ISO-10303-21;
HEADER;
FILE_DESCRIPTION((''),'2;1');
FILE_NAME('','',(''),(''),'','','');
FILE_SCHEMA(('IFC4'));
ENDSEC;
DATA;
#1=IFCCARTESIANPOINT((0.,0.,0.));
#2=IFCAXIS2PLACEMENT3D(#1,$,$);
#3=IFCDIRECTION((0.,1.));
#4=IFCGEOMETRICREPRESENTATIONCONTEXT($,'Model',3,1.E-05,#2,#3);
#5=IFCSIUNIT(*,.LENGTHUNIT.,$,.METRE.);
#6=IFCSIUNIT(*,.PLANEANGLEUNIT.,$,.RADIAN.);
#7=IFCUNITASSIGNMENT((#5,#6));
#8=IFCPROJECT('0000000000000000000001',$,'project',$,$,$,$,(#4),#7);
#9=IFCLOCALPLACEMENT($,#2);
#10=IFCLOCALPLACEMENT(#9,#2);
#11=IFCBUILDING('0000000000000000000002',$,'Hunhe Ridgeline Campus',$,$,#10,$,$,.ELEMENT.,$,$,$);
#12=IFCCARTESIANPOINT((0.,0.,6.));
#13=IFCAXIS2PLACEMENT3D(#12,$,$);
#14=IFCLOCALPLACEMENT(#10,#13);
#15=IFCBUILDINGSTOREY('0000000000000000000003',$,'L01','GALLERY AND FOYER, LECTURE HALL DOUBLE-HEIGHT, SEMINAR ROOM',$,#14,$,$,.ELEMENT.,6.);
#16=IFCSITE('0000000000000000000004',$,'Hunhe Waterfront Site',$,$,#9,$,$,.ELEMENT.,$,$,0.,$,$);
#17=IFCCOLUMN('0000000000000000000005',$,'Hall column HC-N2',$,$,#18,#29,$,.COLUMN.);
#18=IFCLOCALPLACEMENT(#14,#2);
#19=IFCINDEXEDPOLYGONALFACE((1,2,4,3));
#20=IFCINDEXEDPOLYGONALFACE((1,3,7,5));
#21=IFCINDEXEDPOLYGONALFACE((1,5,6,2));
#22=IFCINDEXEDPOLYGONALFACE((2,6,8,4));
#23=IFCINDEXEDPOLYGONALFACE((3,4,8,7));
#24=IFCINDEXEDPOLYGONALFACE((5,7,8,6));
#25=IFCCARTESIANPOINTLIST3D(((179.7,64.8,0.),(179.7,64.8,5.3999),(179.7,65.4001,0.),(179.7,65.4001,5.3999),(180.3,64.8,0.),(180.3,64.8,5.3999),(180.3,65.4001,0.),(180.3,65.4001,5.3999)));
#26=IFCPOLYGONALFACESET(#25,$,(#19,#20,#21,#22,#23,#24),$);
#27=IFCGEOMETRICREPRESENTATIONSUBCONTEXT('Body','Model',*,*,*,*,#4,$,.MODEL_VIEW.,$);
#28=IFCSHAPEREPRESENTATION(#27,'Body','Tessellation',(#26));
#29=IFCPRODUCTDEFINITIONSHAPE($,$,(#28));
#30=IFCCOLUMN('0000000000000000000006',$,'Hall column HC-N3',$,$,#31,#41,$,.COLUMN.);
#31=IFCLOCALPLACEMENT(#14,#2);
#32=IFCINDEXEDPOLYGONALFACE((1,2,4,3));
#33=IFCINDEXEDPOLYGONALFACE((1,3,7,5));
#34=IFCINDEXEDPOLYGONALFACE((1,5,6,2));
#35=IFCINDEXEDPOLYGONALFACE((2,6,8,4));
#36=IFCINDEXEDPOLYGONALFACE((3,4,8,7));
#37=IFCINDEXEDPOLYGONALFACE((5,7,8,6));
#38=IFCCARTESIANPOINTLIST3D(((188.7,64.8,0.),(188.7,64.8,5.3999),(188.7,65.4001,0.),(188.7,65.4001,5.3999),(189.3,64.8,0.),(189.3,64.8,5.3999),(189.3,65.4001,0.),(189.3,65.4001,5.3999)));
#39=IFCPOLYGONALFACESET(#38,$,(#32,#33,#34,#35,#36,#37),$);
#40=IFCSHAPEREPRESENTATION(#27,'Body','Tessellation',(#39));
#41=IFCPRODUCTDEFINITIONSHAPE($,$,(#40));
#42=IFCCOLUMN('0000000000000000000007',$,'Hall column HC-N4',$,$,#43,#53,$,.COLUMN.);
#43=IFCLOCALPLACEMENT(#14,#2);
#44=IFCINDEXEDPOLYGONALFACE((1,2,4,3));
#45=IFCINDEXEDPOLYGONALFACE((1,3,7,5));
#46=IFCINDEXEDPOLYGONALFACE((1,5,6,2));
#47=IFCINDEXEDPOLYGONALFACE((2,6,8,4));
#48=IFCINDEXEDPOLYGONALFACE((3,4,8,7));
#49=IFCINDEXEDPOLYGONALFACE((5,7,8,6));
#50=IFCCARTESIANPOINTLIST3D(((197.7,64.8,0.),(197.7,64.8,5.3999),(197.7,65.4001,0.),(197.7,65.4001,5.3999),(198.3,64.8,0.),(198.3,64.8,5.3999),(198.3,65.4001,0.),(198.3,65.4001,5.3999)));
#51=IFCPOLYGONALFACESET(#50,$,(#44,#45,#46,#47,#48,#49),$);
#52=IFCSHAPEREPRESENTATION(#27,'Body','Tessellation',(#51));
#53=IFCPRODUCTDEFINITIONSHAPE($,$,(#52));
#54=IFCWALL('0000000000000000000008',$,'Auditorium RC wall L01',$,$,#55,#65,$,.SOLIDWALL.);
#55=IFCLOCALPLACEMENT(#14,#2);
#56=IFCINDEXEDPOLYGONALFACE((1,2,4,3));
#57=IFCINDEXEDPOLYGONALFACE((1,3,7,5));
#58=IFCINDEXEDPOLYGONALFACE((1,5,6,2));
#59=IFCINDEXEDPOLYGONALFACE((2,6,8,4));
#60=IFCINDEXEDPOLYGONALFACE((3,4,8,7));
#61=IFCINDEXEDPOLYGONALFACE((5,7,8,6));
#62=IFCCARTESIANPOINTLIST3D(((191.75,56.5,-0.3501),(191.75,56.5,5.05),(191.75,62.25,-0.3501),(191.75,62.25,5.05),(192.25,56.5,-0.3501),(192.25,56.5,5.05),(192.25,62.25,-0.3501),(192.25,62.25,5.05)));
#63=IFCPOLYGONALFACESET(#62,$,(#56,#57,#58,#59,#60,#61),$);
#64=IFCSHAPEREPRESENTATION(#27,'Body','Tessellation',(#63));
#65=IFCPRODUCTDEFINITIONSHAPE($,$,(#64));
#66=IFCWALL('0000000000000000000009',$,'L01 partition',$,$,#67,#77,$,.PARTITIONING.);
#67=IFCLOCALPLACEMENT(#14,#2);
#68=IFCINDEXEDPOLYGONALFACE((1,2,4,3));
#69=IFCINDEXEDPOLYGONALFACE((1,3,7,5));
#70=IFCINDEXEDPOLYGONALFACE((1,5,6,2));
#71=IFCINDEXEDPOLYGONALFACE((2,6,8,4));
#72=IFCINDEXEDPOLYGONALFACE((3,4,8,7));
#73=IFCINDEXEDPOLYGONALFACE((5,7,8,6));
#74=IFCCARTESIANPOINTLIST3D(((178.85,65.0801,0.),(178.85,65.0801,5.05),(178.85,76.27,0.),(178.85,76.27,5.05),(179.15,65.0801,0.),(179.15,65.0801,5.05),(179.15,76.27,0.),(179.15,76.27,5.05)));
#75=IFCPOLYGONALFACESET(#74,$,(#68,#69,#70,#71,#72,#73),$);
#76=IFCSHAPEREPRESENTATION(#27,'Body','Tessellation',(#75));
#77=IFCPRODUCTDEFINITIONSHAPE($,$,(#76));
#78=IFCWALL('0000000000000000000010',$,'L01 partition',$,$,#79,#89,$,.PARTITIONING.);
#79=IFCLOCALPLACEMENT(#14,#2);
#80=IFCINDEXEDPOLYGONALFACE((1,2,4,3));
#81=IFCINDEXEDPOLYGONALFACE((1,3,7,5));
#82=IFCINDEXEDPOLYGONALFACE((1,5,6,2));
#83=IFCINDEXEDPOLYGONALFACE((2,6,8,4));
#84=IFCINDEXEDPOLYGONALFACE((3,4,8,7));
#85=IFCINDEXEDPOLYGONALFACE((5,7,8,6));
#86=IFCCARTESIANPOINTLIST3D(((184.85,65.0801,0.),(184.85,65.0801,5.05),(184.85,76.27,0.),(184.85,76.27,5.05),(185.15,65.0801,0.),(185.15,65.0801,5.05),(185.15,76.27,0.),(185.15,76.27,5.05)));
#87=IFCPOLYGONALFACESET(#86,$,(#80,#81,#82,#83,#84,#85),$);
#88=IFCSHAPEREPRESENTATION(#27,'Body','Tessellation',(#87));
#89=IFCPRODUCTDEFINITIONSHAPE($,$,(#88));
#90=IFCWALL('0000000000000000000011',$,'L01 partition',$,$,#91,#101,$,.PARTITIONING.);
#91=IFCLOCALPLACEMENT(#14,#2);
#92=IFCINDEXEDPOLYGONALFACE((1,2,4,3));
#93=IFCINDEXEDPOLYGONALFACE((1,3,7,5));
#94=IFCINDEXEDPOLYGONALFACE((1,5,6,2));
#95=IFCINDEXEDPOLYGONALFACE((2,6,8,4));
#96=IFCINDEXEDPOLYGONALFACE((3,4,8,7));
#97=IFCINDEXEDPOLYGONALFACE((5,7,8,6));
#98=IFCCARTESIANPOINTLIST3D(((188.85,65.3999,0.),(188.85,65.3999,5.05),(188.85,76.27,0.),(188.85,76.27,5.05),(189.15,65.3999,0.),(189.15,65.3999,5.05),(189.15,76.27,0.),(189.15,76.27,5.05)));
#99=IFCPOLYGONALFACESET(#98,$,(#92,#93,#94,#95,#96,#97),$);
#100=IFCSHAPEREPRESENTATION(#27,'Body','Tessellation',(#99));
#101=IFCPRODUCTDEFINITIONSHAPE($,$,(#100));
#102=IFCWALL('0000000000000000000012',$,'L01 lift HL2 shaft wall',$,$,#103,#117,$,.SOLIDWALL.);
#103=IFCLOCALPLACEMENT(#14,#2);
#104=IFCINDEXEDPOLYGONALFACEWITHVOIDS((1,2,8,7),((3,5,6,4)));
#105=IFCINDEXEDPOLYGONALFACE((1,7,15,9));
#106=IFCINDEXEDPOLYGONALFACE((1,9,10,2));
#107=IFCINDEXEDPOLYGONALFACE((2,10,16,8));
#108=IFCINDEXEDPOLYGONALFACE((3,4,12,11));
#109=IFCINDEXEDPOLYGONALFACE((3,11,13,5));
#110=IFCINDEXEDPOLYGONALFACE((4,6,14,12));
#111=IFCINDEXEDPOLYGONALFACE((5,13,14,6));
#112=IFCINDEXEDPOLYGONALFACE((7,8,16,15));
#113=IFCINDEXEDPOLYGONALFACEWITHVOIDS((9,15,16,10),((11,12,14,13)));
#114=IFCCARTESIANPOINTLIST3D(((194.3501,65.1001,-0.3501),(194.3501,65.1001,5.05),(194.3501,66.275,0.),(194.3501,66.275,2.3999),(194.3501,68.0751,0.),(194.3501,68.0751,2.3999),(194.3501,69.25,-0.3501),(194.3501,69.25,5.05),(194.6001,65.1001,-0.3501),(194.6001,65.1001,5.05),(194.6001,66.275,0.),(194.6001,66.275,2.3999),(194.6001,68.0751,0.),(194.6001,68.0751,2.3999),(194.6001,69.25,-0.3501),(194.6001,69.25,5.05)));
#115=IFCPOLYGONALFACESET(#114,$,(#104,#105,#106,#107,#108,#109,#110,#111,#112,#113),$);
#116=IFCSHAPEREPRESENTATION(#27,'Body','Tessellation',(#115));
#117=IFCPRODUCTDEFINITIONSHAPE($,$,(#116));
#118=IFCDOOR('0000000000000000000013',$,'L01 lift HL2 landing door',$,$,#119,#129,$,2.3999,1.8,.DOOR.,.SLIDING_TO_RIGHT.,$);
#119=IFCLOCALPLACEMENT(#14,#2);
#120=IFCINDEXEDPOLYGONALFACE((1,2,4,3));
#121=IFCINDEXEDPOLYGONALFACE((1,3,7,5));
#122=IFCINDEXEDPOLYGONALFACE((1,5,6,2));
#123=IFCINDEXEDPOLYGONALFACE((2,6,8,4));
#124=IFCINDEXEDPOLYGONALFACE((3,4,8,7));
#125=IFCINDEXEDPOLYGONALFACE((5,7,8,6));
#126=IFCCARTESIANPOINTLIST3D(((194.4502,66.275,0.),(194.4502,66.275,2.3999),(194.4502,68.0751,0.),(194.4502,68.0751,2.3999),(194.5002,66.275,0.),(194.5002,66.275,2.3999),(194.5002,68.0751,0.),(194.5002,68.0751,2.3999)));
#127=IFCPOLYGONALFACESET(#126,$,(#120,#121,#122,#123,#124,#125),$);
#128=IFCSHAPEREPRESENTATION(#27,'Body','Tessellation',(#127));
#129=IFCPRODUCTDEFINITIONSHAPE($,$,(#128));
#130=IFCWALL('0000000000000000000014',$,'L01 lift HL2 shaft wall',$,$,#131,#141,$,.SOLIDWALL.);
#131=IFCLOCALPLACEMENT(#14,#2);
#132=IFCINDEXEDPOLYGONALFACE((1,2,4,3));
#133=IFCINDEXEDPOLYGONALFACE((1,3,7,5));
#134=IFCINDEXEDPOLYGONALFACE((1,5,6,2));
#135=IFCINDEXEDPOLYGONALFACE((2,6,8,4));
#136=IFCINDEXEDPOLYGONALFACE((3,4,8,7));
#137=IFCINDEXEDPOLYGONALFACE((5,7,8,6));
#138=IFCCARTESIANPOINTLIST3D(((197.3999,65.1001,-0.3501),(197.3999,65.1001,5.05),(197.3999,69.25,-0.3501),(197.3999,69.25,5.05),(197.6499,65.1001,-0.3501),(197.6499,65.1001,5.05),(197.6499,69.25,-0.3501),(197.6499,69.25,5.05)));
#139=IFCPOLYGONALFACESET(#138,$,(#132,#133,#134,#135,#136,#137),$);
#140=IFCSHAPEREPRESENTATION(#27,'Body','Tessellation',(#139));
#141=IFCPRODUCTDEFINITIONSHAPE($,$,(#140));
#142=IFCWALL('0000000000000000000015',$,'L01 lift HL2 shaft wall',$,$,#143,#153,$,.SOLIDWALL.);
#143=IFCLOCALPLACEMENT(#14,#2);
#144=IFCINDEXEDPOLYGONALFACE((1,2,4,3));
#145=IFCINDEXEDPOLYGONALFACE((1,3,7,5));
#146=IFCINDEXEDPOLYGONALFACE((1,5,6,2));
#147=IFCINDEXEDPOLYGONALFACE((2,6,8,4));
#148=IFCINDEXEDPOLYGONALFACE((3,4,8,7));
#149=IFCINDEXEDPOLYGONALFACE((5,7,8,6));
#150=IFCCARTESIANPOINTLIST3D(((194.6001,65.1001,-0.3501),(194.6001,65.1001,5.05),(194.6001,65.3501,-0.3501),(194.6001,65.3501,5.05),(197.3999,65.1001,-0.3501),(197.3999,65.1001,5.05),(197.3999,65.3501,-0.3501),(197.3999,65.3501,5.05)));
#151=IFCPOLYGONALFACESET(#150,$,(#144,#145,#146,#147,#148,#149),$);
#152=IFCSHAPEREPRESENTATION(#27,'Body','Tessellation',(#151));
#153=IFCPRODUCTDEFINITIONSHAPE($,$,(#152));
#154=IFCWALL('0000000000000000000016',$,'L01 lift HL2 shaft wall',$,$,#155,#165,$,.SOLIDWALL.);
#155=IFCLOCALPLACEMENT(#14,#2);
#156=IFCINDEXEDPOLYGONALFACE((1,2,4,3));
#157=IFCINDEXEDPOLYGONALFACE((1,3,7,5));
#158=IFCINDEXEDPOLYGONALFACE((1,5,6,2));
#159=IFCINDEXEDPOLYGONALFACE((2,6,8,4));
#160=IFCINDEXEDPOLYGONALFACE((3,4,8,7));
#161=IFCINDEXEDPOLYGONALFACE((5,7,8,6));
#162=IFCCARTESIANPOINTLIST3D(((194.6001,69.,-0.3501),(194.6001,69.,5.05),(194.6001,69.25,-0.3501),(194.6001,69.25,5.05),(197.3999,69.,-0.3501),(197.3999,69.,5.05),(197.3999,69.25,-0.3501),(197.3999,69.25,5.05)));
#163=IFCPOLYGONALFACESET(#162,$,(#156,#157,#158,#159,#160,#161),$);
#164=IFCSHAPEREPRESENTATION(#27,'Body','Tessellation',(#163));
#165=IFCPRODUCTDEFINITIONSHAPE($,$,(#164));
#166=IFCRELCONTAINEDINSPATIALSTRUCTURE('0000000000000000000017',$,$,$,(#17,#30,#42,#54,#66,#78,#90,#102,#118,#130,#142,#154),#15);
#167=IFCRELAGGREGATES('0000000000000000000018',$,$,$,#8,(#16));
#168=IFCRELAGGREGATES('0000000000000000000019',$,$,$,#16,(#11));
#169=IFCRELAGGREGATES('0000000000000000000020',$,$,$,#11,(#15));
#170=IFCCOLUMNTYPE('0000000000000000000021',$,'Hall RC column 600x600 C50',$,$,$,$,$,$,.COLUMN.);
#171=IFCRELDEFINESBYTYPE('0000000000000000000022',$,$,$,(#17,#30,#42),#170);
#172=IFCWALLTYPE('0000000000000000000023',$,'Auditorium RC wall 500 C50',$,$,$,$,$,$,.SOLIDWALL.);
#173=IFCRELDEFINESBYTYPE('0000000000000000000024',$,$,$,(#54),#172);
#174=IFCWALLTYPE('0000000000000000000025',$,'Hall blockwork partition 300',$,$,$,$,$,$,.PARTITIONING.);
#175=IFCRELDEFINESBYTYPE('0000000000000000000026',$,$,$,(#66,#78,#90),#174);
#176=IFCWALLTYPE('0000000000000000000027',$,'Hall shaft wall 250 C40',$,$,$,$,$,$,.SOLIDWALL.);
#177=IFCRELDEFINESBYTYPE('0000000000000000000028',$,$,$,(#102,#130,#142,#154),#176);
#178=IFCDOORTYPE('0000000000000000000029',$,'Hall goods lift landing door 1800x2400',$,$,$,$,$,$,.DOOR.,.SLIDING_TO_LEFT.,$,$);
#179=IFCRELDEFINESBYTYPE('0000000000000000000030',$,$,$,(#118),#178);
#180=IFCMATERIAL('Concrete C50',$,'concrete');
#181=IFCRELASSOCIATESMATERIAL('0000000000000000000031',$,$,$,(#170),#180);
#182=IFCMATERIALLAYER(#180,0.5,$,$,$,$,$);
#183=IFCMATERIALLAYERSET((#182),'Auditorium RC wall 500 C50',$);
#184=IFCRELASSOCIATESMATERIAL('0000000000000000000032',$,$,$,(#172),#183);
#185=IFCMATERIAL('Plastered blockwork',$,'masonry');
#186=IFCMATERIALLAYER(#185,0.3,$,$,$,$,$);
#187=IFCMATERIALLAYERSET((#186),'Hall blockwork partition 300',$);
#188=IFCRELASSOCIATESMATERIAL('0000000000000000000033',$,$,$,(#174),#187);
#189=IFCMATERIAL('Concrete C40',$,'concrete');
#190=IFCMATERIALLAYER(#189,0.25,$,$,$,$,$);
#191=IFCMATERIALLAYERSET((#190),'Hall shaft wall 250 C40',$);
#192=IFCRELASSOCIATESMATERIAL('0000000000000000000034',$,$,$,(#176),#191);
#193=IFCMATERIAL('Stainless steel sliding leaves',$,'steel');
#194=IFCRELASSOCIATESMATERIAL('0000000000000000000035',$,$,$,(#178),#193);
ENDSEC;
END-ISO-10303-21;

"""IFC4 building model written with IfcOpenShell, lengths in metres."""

from ifc_helpers import new_model, si_unit, direction, frame, frame_2d, origin, origin_2d, place, context, subcontext, project, spatial, rectangle, extrude, material, layer, layer_set, material_profile, profile_set, type_object, element, fill, save


model = new_model("IFC4")

# Units and contexts
model_context = context("Model", 3, precision=1e-05, world=origin(), true_north=direction((0.0, 1.0)))
body_context = subcontext(model_context, "Body", "Model", "MODEL_VIEW")
ifc_project = project(units=[si_unit("LENGTHUNIT", "METRE"), si_unit("PLANEANGLEUNIT", "RADIAN")], contexts=[model_context])

# Site, building, storey
site_placement = place(None, origin())
site = spatial("IfcSite", under=ifc_project, at=site_placement, Name="Hunhe Waterfront Site", CompositionType="ELEMENT", RefElevation=0.0)
building_placement = place(site_placement, origin())
building = spatial("IfcBuilding", under=site, at=building_placement, Name="Hunhe Ridgeline Campus", CompositionType="ELEMENT")
storey_placement = place(building_placement, frame((0.0, 0.0, 6.0)))
storey = spatial("IfcBuildingStorey", under=building, at=storey_placement, Name="L01", Description="GALLERY AND FOYER, LECTURE HALL DOUBLE-HEIGHT, SEMINAR ROOM", CompositionType="ELEMENT", Elevation=6.0)

# Columns
ifc_material_1 = material(Name="Concrete C50", Category="concrete")
ifc_material_profile = material_profile(ifc_material_1, rectangle(XDim=0.6001, YDim=0.6001, at=origin_2d()))
ifc_profile_set = profile_set([ifc_material_profile], Name="Concrete C50")
column_type = type_object("IfcColumnType", Name="Hall RC column 600x600 C50", PredefinedType="COLUMN", material=ifc_profile_set)
for number, where, z_axis, x_axis, name in (
    (1, (180.0, 65.1001, 0.0), (0.0, 0.0, 1.0), (1.0, 0.0, 0.0), "Hall column HC-N2"),
    (2, (189.0, 65.1001, 0.0), (0.0, 0.0, 1.0), (1.0, 0.0, 0.0), "Hall column HC-N3"),
    (3, (198.0, 65.1001, 0.0), (0.0, 0.0, 1.0), (1.0, 0.0, 0.0), "Hall column HC-N4"),
):
    element("IfcColumn", number, at=place(storey_placement, frame(where, z_axis=z_axis, x_axis=x_axis)), inside=storey, type_object=column_type, Name=name, PredefinedType="COLUMN", context=body_context, shape_type="SweptSolid", body=[
        extrude(rectangle(XDim=0.6001, YDim=0.6001, at=origin_2d()), origin(), (0.0, 0.0, 1.0), 5.3999),
    ])

# Wall
ifc_layer_1 = layer(ifc_material_1, 0.5)
ifc_layer_set_1 = layer_set([ifc_layer_1], Name="Auditorium RC wall 500 C50")
wall_type_1 = type_object("IfcWallType", Name="Auditorium RC wall 500 C50", PredefinedType="SOLIDWALL", material=ifc_layer_set_1)
wall_1_placement = place(storey_placement, frame((192.0, 56.5, -0.3501), z_axis=(0.0, 0.0, 1.0), x_axis=(0.0, 1.0, 0.0)))
element("IfcWall", 4, at=wall_1_placement, inside=storey, type_object=wall_type_1, Name="Auditorium RC wall L01", PredefinedType="SOLIDWALL", context=body_context, shape_type="SweptSolid", body=[
    extrude(rectangle(XDim=5.75, YDim=0.5, at=frame_2d((2.875, 0.0))), origin(), (0.0, 0.0, 1.0), 5.4001),
])

# Shared definitions
ifc_material_2 = material(Name="Plastered blockwork", Category="masonry")
ifc_layer_2 = layer(ifc_material_2, 0.3)
ifc_layer_set_2 = layer_set([ifc_layer_2], Name="Hall blockwork partition 300")
wall_type_2 = type_object("IfcWallType", Name="Hall blockwork partition 300", PredefinedType="PARTITIONING", material=ifc_layer_set_2)

# Walls
for number, where, z_axis, x_axis, name in (
    (5, (179.0, 65.0801, 0.0), (0.0, 0.0, 1.0), (0.0, 1.0, 0.0), "L01 partition"),
    (6, (185.0, 65.0801, 0.0), (0.0, 0.0, 1.0), (0.0, 1.0, 0.0), "L01 partition"),
):
    element("IfcWall", number, at=place(storey_placement, frame(where, z_axis=z_axis, x_axis=x_axis)), inside=storey, type_object=wall_type_2, Name=name, PredefinedType="PARTITIONING", context=body_context, shape_type="SweptSolid", body=[
        extrude(rectangle(XDim=11.1899, YDim=0.3, at=frame_2d((5.595, 0.0))), origin(), (0.0, 0.0, 1.0), 5.05),
    ])
wall_2_placement = place(storey_placement, frame((189.0, 65.3999, 0.0), z_axis=(0.0, 0.0, 1.0), x_axis=(0.0, 1.0, 0.0)))
element("IfcWall", 7, at=wall_2_placement, inside=storey, type_object=wall_type_2, Name="L01 partition", PredefinedType="PARTITIONING", context=body_context, shape_type="SweptSolid", body=[
    extrude(rectangle(XDim=10.8701, YDim=0.3, at=frame_2d((5.4351, 0.0))), origin(), (0.0, 0.0, 1.0), 5.05),
])

# Wall, opening, door
ifc_material_3 = material(Name="Concrete C40", Category="concrete")
ifc_layer_3 = layer(ifc_material_3, 0.25)
ifc_layer_set_3 = layer_set([ifc_layer_3], Name="Hall shaft wall 250 C40")
wall_type_3 = type_object("IfcWallType", Name="Hall shaft wall 250 C40", PredefinedType="SOLIDWALL", material=ifc_layer_set_3)
wall_3_placement = place(storey_placement, frame((194.4751, 65.1001, -0.3501), z_axis=(0.0, 0.0, 1.0), x_axis=(0.0, 1.0, 0.0)))
wall_3 = element("IfcWall", 8, at=wall_3_placement, inside=storey, type_object=wall_type_3, Name="L01 lift HL2 shaft wall", PredefinedType="SOLIDWALL", context=body_context, shape_type="SweptSolid", body=[
    extrude(rectangle(XDim=4.1499, YDim=0.25, at=frame_2d((2.075, 0.0))), origin(), (0.0, 0.0, 1.0), 5.4001),
])
opening_1_placement = place(wall_3_placement, frame((1.175, 0.0, 0.3501)))
opening_1 = element("IfcOpeningElement", 9, at=opening_1_placement, cuts=wall_3, PredefinedType="OPENING", context=body_context, shape_type="SweptSolid", body=[
    extrude(rectangle(XDim=1.8, YDim=2.3999, at=frame_2d((0.8999, 1.2))), frame((0.0, 0.125, 0.0), z_axis=(0.0, -1.0, 0.0), x_axis=(1.0, 0.0, 0.0)), (0.0, 0.0, 1.0), 0.25),
])
ifc_material_4 = material(Name="Stainless steel sliding leaves", Category="steel")
door_type_1 = type_object("IfcDoorType", Name="Hall goods lift landing door 1800x2400", OperationType="SLIDING_TO_LEFT", PredefinedType="DOOR", material=ifc_material_4)
door_1_placement = place(opening_1_placement, origin())
door_1 = element("IfcDoor", 10, at=door_1_placement, inside=storey, type_object=door_type_1, Name="L01 lift HL2 landing door", OperationType="SLIDING_TO_RIGHT", OverallHeight=2.3999, OverallWidth=1.8, PredefinedType="DOOR", context=body_context, shape_type="SweptSolid", body=[
    extrude(rectangle(XDim=1.8, YDim=2.3999, at=frame_2d((0.8999, 1.2))), frame((0.0, 0.0249, 0.0), z_axis=(0.0, -1.0, 0.0), x_axis=(1.0, 0.0, 0.0)), (0.0, 0.0, 1.0), 0.05),
])
fill(opening_1, door_1)

# Walls
wall_4_placement = place(storey_placement, frame((197.5249, 69.25, -0.3501), z_axis=(0.0, 0.0, 1.0), x_axis=(0.0, -1.0, 0.0)))
element("IfcWall", 11, at=wall_4_placement, inside=storey, type_object=wall_type_3, Name="L01 lift HL2 shaft wall", PredefinedType="SOLIDWALL", context=body_context, shape_type="SweptSolid", body=[
    extrude(rectangle(XDim=4.1499, YDim=0.25, at=frame_2d((2.075, 0.0))), origin(), (0.0, 0.0, 1.0), 5.4001),
])
for number, where, z_axis, x_axis, name in (
    (12, (197.3999, 65.2251, -0.3501), (0.0, 0.0, 1.0), (-1.0, 0.0, 0.0), "L01 lift HL2 shaft wall"),
    (13, (194.6001, 69.125, -0.3501), (0.0, 0.0, 1.0), (1.0, 0.0, 0.0), "L01 lift HL2 shaft wall"),
):
    element("IfcWall", number, at=place(storey_placement, frame(where, z_axis=z_axis, x_axis=x_axis)), inside=storey, type_object=wall_type_3, Name=name, PredefinedType="SOLIDWALL", context=body_context, shape_type="SweptSolid", body=[
        extrude(rectangle(XDim=2.7998, YDim=0.25, at=frame_2d((1.3999, 0.0))), origin(), (0.0, 0.0, 1.0), 5.4001),
    ])

save(model, "model.ifc")
